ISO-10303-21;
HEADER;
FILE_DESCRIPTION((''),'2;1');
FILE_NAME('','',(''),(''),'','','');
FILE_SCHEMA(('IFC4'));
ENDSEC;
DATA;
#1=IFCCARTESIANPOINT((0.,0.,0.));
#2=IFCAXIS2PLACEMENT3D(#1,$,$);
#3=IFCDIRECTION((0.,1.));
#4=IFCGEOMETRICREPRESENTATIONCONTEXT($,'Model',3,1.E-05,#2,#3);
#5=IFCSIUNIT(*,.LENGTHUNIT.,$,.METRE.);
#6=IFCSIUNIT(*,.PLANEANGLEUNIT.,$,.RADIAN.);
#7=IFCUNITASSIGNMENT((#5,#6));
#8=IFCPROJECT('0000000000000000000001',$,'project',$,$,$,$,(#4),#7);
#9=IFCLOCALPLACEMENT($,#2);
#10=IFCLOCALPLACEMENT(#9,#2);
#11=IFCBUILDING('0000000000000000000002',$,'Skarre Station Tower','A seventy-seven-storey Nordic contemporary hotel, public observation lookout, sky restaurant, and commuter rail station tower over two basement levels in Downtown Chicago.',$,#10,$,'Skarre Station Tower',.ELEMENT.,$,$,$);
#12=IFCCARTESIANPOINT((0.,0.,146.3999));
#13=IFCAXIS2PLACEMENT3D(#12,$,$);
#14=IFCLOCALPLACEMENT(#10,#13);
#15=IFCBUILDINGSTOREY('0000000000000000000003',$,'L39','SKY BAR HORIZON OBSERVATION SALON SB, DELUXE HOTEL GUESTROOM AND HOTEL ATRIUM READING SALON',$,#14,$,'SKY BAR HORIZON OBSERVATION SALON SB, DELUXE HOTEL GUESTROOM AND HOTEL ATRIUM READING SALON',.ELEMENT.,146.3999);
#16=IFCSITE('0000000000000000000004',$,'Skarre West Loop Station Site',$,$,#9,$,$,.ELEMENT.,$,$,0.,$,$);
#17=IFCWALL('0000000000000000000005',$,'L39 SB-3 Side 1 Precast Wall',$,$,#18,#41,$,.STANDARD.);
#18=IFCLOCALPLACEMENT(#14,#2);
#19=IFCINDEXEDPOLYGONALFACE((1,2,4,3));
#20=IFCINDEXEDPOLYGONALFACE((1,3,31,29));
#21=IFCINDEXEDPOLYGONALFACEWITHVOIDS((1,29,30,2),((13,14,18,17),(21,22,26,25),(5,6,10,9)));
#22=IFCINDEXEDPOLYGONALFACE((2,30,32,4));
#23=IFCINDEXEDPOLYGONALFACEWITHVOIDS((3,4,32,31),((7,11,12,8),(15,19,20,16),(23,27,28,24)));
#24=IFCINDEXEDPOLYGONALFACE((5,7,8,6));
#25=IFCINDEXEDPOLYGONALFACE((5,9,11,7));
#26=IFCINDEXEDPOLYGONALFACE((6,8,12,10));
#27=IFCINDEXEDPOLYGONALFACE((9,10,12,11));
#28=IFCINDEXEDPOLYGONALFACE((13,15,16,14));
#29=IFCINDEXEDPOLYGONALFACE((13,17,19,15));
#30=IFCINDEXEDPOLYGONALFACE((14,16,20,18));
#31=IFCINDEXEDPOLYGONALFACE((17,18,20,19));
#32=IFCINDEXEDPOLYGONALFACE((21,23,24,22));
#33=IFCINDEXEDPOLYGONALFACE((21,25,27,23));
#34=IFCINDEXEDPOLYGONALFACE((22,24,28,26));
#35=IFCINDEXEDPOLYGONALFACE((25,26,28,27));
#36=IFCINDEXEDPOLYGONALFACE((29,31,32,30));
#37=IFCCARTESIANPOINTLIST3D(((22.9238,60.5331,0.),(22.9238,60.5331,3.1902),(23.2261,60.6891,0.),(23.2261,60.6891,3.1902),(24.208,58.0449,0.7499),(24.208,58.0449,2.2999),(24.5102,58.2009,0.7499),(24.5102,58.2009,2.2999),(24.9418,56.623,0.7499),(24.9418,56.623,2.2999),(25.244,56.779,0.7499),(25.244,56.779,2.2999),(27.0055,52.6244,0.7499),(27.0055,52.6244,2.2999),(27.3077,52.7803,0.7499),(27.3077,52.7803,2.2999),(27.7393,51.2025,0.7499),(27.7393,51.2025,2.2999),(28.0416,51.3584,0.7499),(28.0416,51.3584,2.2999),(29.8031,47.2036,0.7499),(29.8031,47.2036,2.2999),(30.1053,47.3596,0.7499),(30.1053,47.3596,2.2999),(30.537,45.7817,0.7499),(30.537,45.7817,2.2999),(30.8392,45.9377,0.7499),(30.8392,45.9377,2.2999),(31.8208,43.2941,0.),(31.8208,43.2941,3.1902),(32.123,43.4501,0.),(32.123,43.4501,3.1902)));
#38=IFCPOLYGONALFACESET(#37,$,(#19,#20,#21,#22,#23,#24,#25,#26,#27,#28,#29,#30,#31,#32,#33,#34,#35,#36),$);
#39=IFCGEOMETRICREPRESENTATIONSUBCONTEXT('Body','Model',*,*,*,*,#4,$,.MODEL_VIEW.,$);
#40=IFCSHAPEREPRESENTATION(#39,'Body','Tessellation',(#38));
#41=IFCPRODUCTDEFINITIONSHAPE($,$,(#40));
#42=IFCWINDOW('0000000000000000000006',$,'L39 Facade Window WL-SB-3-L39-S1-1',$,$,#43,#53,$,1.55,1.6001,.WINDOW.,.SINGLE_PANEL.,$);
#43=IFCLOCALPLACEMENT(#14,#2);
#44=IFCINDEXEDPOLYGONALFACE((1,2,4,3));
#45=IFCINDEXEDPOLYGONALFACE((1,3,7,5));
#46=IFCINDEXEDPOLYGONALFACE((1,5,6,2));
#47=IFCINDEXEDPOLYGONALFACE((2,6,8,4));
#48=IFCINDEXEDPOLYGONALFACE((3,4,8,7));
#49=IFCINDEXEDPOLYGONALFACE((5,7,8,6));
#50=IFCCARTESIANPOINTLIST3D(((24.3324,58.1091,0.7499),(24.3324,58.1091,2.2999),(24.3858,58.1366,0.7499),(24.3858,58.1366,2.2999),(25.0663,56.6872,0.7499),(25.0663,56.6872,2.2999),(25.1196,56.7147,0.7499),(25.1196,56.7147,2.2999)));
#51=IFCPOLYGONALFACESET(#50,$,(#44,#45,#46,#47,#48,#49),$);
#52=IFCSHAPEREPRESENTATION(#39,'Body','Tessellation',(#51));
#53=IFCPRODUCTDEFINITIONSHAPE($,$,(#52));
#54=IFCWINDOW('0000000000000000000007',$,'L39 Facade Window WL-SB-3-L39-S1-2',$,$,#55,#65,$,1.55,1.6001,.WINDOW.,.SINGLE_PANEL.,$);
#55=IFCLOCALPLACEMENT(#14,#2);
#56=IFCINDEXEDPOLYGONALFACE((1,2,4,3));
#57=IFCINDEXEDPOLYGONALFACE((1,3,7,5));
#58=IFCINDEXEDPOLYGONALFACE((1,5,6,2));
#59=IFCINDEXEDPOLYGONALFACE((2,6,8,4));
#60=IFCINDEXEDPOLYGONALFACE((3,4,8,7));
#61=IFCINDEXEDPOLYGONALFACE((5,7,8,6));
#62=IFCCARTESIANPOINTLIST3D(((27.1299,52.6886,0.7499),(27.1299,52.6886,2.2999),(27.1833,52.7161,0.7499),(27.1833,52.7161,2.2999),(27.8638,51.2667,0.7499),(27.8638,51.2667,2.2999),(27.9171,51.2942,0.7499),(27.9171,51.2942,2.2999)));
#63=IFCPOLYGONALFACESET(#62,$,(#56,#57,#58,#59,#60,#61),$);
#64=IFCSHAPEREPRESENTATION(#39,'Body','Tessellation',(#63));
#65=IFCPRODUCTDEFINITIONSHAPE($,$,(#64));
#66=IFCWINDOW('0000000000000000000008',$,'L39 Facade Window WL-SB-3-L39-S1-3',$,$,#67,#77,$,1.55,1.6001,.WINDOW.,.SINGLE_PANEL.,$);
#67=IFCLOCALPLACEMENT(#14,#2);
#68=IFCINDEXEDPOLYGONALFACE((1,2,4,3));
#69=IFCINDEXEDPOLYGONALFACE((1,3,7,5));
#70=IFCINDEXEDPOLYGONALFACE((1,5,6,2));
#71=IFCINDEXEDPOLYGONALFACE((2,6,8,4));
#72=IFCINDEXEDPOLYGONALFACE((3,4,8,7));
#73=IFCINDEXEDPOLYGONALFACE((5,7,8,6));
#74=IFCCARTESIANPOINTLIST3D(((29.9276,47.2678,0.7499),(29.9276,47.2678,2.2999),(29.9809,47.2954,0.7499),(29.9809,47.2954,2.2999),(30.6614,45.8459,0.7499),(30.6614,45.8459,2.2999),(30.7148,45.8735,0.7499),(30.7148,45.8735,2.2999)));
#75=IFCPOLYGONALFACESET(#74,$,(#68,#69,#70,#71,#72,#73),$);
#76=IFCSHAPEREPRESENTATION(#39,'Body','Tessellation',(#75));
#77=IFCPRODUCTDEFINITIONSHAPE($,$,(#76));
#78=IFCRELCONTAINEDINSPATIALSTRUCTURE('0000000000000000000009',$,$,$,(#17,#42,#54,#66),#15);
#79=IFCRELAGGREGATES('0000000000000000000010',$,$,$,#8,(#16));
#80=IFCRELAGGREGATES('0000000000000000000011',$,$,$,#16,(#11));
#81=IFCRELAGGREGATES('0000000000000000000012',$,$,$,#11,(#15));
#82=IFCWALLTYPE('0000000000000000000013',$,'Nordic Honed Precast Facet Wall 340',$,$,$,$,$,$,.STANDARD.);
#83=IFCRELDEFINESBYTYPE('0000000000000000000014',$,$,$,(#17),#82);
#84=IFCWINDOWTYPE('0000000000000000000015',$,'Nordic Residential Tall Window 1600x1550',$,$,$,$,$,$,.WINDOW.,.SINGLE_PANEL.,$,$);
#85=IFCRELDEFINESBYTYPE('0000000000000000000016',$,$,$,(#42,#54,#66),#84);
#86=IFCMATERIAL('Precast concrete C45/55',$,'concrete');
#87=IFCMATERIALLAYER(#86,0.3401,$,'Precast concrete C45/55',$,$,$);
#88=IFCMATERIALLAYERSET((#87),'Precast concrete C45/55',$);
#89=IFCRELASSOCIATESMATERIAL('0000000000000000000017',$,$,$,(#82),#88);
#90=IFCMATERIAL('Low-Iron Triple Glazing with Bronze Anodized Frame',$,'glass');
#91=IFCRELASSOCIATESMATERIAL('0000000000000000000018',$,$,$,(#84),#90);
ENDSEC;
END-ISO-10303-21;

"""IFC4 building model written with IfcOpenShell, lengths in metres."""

from ifc_helpers import new_model, si_unit, direction, frame, frame_2d, origin, place, context, subcontext, project, spatial, rectangle, extrude, material, layer, layer_set, type_object, element, fill, save


model = new_model("IFC4")

# Units and contexts
model_context = context("Model", 3, precision=1e-05, world=origin(), true_north=direction((0.0, 1.0)))
body_context = subcontext(model_context, "Body", "Model", "MODEL_VIEW")
ifc_project = project(units=[si_unit("LENGTHUNIT", "METRE"), si_unit("PLANEANGLEUNIT", "RADIAN")], contexts=[model_context])

# Site, building, storey
site_placement = place(None, origin())
site = spatial("IfcSite", under=ifc_project, at=site_placement, Name="Skarre West Loop Station Site", CompositionType="ELEMENT", RefElevation=0.0)
building_placement = place(site_placement, origin())
building = spatial("IfcBuilding", under=site, at=building_placement, Name="Skarre Station Tower", Description="A seventy-seven-storey Nordic contemporary hotel, public observation lookout, sky restaurant, and commuter rail station tower over two basement levels in Downtown Chicago.", LongName="Skarre Station Tower", CompositionType="ELEMENT")
storey_placement = place(building_placement, frame((0.0, 0.0, 146.3999)))
storey = spatial("IfcBuildingStorey", under=building, at=storey_placement, Name="L39", Description="SKY BAR HORIZON OBSERVATION SALON SB, DELUXE HOTEL GUESTROOM AND HOTEL ATRIUM READING SALON", LongName="SKY BAR HORIZON OBSERVATION SALON SB, DELUXE HOTEL GUESTROOM AND HOTEL ATRIUM READING SALON", CompositionType="ELEMENT", Elevation=146.3999)

# Wall, openings, windows
ifc_material_1 = material(Name="Precast concrete C45/55", Category="concrete")
ifc_layer_1 = layer(ifc_material_1, 0.3401, Name="Precast concrete C45/55")
ifc_layer_set_1 = layer_set([ifc_layer_1], Name="Precast concrete C45/55")
wall_type = type_object("IfcWallType", Name="Nordic Honed Precast Facet Wall 340", PredefinedType="STANDARD", material=ifc_layer_set_1)
wall_placement = place(storey_placement, frame((23.075, 60.6111, 0.0), z_axis=(0.0, 0.0, 1.0), x_axis=(0.458619, -0.888633, 0.0)))
wall = element("IfcWall", 1, at=wall_placement, inside=storey, type_object=wall_type, Name="L39 SB-3 Side 1 Precast Wall", PredefinedType="STANDARD", context=body_context, shape_type="SweptSolid", body=[
    extrude(rectangle(XDim=19.3994, YDim=0.3401, at=frame_2d((9.6997, 0.0))), origin(), (0.0, 0.0, 1.0), 3.1902),
])
opening_1_placement = place(wall_placement, frame((2.8, 0.0, 0.75)))
opening_1 = element("IfcOpeningElement", 2, at=opening_1_placement, cuts=wall, PredefinedType="OPENING", context=body_context, shape_type="SweptSolid", body=[
    extrude(rectangle(XDim=1.6001, YDim=1.55, at=frame_2d((0.8, 0.7749))), frame((0.0, 0.1799, 0.0), z_axis=(0.0, -1.0, 0.0), x_axis=(1.0, 0.0, 0.0)), (0.0, 0.0, 1.0), 0.3601),
])
opening_2_placement = place(wall_placement, frame((8.8999, 0.0, 0.75)))
opening_2 = element("IfcOpeningElement", 3, at=opening_2_placement, cuts=wall, PredefinedType="OPENING", context=body_context, shape_type="SweptSolid", body=[
    extrude(rectangle(XDim=1.6001, YDim=1.55, at=frame_2d((0.8, 0.7749))), frame((0.0, 0.1799, 0.0), z_axis=(0.0, -1.0, 0.0), x_axis=(1.0, 0.0, 0.0)), (0.0, 0.0, 1.0), 0.3601),
])
opening_3_placement = place(wall_placement, frame((15.0, 0.0, 0.75)))
opening_3 = element("IfcOpeningElement", 4, at=opening_3_placement, cuts=wall, PredefinedType="OPENING", context=body_context, shape_type="SweptSolid", body=[
    extrude(rectangle(XDim=1.6001, YDim=1.55, at=frame_2d((0.8, 0.7749))), frame((0.0, 0.1799, 0.0), z_axis=(0.0, -1.0, 0.0), x_axis=(1.0, 0.0, 0.0)), (0.0, 0.0, 1.0), 0.3601),
])
ifc_material_2 = material(Name="Low-Iron Triple Glazing with Bronze Anodized Frame", Category="glass")
window_type = type_object("IfcWindowType", Name="Nordic Residential Tall Window 1600x1550", PartitioningType="SINGLE_PANEL", PredefinedType="WINDOW", material=ifc_material_2)
window_1_placement = place(opening_1_placement, origin())
window_1 = element("IfcWindow", 5, at=window_1_placement, inside=storey, type_object=window_type, Name="L39 Facade Window WL-SB-3-L39-S1-1", OverallHeight=1.55, OverallWidth=1.6001, PartitioningType="SINGLE_PANEL", PredefinedType="WINDOW", context=body_context, shape_type="SweptSolid", body=[
    extrude(rectangle(XDim=1.6001, YDim=1.55, at=frame_2d((0.8, 0.7749))), frame((0.0, 0.03, 0.0), z_axis=(0.0, -1.0, 0.0), x_axis=(1.0, 0.0, 0.0)), (0.0, 0.0, 1.0), 0.0601),
])
fill(opening_1, window_1)
window_2_placement = place(opening_2_placement, origin())
window_2 = element("IfcWindow", 6, at=window_2_placement, inside=storey, type_object=window_type, Name="L39 Facade Window WL-SB-3-L39-S1-2", OverallHeight=1.55, OverallWidth=1.6001, PartitioningType="SINGLE_PANEL", PredefinedType="WINDOW", context=body_context, shape_type="SweptSolid", body=[
    extrude(rectangle(XDim=1.6001, YDim=1.55, at=frame_2d((0.8, 0.7749))), frame((0.0, 0.03, 0.0), z_axis=(0.0, -1.0, 0.0), x_axis=(1.0, 0.0, 0.0)), (0.0, 0.0, 1.0), 0.0601),
])
fill(opening_2, window_2)
window_3_placement = place(opening_3_placement, origin())
window_3 = element("IfcWindow", 7, at=window_3_placement, inside=storey, type_object=window_type, Name="L39 Facade Window WL-SB-3-L39-S1-3", OverallHeight=1.55, OverallWidth=1.6001, PartitioningType="SINGLE_PANEL", PredefinedType="WINDOW", context=body_context, shape_type="SweptSolid", body=[
    extrude(rectangle(XDim=1.6001, YDim=1.55, at=frame_2d((0.8, 0.7749))), frame((0.0, 0.03, 0.0), z_axis=(0.0, -1.0, 0.0), x_axis=(1.0, 0.0, 0.0)), (0.0, 0.0, 1.0), 0.0601),
])
fill(opening_3, window_3)

save(model, "model.ifc")
